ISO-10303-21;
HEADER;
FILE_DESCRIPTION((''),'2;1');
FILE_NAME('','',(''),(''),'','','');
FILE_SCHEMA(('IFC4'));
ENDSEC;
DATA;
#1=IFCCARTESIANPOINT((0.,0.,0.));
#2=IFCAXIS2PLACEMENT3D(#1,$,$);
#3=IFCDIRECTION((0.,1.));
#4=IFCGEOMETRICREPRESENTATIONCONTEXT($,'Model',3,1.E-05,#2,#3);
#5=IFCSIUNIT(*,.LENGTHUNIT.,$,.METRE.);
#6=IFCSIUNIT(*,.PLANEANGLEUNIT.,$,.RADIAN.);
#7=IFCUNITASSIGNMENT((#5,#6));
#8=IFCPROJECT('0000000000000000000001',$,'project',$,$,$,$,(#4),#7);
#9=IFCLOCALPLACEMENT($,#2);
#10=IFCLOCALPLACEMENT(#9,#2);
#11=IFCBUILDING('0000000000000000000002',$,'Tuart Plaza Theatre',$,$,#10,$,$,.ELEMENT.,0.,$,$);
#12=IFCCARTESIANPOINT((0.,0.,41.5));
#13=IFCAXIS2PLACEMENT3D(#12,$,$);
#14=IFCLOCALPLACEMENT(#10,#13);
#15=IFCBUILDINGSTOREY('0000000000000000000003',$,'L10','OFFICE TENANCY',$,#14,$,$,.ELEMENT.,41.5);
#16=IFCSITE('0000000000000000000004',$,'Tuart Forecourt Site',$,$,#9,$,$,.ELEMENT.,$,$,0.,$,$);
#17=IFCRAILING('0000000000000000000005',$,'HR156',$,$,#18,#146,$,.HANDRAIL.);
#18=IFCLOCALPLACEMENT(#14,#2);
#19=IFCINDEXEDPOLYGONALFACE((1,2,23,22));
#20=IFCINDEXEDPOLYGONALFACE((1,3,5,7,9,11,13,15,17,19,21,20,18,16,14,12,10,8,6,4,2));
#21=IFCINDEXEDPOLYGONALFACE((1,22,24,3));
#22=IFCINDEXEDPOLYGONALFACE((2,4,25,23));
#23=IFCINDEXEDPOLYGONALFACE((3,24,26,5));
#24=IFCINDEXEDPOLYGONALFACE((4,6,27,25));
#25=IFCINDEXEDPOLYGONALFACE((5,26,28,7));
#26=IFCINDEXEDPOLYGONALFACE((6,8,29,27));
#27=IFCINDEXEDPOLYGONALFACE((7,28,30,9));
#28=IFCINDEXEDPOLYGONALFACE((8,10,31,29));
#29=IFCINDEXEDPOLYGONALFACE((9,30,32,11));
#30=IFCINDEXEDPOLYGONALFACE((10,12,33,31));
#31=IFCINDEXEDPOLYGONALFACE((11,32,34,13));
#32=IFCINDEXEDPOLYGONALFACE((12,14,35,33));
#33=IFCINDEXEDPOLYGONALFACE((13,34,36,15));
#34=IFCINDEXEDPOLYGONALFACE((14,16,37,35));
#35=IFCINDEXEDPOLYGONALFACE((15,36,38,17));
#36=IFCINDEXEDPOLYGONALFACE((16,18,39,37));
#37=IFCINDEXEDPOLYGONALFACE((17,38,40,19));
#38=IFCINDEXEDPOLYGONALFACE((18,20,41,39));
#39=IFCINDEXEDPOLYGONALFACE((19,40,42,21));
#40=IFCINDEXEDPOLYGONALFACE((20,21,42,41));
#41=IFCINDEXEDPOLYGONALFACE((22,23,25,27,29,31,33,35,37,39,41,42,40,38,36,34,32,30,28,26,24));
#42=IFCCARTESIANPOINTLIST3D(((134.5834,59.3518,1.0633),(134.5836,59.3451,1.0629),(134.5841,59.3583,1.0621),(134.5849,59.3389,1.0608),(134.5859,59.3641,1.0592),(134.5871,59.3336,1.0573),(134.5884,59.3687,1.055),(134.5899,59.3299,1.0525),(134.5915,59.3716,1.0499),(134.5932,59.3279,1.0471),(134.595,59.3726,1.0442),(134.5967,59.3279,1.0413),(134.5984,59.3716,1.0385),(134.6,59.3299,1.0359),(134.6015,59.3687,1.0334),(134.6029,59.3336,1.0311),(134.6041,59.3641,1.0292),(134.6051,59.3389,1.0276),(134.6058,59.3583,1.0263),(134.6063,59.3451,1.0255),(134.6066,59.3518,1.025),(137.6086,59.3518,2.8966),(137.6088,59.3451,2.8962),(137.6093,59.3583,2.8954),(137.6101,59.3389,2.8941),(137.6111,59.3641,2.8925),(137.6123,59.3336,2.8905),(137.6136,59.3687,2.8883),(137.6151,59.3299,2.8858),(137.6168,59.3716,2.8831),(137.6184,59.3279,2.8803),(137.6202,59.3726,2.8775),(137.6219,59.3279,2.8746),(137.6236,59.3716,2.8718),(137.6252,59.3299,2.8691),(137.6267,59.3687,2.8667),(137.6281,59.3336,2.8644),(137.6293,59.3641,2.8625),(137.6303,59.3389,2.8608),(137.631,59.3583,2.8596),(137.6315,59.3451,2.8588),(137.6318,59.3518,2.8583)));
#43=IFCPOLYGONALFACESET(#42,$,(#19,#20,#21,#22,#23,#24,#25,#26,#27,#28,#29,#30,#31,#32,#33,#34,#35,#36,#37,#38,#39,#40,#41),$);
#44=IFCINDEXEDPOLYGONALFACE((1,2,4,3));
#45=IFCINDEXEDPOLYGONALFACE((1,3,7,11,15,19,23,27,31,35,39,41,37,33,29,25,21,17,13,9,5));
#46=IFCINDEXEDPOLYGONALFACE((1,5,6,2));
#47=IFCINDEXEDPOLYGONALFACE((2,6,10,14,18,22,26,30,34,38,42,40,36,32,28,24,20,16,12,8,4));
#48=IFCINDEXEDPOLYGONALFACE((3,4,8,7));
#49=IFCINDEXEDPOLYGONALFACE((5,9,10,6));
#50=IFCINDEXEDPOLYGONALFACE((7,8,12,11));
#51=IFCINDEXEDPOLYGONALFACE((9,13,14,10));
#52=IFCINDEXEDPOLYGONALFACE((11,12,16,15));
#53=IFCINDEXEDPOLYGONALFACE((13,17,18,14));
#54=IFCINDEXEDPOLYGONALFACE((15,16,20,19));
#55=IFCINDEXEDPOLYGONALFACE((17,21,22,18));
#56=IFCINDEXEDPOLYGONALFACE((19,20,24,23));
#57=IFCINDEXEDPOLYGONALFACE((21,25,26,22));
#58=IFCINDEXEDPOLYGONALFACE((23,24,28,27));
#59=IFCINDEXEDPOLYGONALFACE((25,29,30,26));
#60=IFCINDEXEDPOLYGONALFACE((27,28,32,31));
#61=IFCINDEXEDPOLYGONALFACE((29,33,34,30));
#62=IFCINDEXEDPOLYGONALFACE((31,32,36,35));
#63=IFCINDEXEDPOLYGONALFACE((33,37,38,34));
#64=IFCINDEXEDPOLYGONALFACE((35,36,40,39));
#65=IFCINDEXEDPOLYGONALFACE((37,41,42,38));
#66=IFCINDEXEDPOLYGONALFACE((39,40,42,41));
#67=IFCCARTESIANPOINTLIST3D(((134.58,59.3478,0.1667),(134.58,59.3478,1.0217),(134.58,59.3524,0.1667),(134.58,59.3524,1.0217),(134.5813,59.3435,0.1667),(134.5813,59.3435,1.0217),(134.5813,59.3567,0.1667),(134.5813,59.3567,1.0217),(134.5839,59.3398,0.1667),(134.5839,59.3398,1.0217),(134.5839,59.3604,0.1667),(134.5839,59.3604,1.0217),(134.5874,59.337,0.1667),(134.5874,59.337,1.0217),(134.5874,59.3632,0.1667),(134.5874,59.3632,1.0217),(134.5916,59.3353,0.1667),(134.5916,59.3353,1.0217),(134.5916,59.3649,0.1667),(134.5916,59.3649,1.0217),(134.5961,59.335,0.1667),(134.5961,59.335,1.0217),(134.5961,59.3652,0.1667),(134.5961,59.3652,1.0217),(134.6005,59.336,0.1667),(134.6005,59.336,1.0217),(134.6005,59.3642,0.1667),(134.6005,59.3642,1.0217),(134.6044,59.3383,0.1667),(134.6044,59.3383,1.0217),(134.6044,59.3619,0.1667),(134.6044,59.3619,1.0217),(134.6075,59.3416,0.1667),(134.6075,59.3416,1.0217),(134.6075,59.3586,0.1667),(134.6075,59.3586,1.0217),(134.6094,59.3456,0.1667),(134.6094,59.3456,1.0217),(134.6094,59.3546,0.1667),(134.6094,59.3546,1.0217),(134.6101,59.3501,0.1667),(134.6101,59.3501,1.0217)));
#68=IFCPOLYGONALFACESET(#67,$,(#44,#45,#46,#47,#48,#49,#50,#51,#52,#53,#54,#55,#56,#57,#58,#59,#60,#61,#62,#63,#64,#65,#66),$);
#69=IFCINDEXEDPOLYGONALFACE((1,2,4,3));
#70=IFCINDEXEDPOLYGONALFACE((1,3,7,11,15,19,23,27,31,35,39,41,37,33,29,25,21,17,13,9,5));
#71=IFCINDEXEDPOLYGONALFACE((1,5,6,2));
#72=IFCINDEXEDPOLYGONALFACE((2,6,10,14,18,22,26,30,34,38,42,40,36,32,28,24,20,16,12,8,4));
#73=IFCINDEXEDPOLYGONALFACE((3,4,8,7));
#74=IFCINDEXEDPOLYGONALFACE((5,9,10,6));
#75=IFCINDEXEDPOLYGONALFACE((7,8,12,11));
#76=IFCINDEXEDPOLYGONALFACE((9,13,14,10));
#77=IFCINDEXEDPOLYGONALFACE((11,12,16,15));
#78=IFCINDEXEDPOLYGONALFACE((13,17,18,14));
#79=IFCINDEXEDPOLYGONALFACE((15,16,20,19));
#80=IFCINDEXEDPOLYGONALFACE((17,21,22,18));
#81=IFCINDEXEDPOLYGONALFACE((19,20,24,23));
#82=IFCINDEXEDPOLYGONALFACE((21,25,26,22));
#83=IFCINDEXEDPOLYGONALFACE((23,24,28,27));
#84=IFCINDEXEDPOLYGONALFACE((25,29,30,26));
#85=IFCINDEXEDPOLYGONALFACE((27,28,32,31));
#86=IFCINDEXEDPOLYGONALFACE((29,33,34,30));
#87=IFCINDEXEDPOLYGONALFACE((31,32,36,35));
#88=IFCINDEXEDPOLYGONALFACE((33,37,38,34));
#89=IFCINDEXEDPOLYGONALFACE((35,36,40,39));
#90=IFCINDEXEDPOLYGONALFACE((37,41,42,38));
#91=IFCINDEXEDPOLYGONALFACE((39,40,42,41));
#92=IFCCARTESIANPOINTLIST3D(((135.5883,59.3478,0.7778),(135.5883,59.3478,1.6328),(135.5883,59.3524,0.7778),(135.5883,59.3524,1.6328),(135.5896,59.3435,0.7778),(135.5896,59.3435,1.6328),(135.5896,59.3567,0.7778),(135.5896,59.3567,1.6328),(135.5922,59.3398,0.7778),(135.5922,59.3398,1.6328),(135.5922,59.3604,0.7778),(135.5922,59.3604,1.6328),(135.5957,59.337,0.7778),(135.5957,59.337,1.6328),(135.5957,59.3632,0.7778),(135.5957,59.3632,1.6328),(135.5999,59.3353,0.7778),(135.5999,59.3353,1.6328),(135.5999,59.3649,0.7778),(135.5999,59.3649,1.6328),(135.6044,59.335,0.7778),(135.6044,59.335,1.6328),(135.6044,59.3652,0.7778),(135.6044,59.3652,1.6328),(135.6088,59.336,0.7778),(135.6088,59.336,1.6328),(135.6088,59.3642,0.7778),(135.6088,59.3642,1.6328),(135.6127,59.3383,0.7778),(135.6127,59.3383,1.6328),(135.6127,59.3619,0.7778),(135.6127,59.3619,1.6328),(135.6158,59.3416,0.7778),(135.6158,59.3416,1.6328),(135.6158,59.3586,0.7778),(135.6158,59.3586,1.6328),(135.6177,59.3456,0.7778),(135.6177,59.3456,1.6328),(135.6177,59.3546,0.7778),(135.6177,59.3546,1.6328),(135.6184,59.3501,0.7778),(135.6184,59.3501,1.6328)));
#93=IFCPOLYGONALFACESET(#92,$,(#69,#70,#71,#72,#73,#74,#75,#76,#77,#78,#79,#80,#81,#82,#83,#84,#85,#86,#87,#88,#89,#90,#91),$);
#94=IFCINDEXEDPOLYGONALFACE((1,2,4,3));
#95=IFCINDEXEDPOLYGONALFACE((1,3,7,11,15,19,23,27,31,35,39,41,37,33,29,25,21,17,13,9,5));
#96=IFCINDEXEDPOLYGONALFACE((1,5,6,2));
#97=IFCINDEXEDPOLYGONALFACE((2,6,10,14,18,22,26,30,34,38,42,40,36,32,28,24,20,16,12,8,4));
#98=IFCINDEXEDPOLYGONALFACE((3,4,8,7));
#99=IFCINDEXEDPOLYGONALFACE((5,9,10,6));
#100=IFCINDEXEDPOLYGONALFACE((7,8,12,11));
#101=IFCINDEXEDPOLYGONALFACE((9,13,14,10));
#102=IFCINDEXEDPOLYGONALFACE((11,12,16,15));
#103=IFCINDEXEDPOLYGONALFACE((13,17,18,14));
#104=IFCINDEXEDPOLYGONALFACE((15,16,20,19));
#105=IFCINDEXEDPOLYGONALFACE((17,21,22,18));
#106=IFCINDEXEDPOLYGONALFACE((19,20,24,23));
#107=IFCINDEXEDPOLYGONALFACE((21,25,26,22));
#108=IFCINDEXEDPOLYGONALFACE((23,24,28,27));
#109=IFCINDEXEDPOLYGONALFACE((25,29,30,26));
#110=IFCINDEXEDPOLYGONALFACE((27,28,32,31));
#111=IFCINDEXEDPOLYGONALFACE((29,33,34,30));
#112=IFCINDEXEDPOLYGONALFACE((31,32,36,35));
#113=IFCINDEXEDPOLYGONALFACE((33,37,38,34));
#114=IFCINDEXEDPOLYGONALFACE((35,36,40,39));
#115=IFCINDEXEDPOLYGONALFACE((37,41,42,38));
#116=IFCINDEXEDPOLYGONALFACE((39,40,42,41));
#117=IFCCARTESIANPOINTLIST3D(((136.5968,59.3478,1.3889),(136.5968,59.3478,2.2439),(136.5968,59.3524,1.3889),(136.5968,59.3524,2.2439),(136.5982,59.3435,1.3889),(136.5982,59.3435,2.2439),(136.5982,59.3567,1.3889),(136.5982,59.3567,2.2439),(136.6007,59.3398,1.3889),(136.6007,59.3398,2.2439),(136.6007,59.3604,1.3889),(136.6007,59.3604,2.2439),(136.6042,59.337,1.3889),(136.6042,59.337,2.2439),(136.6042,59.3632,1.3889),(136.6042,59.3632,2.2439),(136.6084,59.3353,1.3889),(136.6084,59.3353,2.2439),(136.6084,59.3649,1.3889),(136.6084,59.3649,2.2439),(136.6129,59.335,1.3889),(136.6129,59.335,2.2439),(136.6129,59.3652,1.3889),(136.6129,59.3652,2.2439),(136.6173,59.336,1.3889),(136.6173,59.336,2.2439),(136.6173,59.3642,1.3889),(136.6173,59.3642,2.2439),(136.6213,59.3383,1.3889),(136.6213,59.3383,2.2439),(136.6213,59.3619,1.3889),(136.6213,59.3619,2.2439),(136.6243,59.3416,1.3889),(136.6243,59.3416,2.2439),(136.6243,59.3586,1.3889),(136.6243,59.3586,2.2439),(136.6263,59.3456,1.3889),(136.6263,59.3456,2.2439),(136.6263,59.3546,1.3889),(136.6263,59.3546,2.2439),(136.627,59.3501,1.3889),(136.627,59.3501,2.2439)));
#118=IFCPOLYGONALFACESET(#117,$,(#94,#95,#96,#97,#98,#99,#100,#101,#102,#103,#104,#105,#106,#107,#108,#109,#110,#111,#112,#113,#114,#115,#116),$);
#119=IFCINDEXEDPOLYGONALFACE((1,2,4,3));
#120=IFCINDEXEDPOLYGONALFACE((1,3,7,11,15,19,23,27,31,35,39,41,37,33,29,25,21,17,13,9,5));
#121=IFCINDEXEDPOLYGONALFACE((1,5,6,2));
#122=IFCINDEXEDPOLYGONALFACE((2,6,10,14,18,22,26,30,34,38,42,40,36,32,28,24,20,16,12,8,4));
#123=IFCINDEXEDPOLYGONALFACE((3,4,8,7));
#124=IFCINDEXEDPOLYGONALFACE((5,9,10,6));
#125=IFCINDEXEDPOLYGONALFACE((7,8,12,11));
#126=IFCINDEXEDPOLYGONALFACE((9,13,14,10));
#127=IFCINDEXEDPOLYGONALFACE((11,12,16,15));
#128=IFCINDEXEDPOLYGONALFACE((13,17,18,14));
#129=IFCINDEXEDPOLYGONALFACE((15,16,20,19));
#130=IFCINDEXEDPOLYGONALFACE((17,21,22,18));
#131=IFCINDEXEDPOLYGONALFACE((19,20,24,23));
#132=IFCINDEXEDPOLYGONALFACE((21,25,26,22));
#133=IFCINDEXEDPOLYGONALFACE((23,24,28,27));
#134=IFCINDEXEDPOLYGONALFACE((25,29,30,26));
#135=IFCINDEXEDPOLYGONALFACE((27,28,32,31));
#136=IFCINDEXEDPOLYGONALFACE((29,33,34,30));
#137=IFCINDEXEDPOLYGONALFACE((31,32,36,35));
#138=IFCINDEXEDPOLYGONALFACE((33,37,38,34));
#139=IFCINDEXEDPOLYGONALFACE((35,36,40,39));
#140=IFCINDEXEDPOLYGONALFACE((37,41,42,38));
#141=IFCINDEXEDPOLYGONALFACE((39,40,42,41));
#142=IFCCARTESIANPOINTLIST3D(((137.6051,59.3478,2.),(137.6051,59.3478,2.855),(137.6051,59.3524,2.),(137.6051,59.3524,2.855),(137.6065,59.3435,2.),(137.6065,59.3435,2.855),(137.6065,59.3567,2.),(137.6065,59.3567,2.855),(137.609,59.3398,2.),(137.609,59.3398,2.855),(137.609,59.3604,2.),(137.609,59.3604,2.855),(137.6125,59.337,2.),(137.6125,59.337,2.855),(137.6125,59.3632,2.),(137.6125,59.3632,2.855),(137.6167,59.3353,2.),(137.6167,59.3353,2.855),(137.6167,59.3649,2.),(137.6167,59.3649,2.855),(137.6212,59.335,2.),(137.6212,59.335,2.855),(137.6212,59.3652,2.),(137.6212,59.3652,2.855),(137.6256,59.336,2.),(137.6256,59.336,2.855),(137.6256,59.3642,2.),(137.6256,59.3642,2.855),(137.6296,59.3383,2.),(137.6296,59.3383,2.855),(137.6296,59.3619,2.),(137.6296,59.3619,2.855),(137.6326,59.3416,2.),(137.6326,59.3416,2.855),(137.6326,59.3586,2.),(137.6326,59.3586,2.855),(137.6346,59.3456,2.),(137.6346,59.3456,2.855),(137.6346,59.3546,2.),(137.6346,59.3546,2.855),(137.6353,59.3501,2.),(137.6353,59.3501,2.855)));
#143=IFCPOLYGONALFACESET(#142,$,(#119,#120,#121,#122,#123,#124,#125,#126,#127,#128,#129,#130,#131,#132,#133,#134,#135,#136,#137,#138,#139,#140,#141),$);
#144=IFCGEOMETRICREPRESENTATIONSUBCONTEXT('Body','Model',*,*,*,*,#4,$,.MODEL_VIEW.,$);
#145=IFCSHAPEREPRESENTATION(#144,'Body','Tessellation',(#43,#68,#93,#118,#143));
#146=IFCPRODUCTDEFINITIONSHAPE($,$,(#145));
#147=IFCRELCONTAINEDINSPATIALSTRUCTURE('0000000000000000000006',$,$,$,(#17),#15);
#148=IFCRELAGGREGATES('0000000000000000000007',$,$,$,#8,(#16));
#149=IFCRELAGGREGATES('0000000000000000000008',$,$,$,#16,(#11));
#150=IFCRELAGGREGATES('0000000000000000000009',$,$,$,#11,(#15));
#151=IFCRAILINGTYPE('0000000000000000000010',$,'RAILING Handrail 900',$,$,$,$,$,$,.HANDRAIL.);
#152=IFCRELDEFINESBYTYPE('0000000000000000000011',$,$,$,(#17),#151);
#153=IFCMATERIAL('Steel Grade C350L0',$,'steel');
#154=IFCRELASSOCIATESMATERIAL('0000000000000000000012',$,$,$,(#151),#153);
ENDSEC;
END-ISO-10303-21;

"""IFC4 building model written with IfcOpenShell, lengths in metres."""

from ifc_helpers import new_model, si_unit, direction, frame, origin, origin_2d, place, context, subcontext, project, spatial, circle, extrude, material, type_object, element, save


model = new_model("IFC4")

# Units and contexts
model_context = context("Model", 3, precision=1e-05, world=origin(), true_north=direction((0.0, 1.0)))
body_context = subcontext(model_context, "Body", "Model", "MODEL_VIEW")
ifc_project = project(units=[si_unit("LENGTHUNIT", "METRE"), si_unit("PLANEANGLEUNIT", "RADIAN")], contexts=[model_context])

# Site, building, storey
site_placement = place(None, origin())
site = spatial("IfcSite", under=ifc_project, at=site_placement, Name="Tuart Forecourt Site", CompositionType="ELEMENT", RefElevation=0.0)
building_placement = place(site_placement, origin())
building = spatial("IfcBuilding", under=site, at=building_placement, Name="Tuart Plaza Theatre", CompositionType="ELEMENT", ElevationOfRefHeight=0.0)
storey_placement = place(building_placement, frame((0.0, 0.0, 41.5)))
storey = spatial("IfcBuildingStorey", under=building, at=storey_placement, Name="L10", Description="OFFICE TENANCY", CompositionType="ELEMENT", Elevation=41.5)

# Railing
ifc_material_1 = material(Name="Steel Grade C350L0", Category="steel")
railing_type_1 = type_object("IfcRailingType", Name="RAILING Handrail 900", PredefinedType="HANDRAIL", material=ifc_material_1)
for number, where, name in (
    (1, (134.595, 59.3501, 0.1667), "HR156"),
):
    element("IfcRailing", number, at=place(storey_placement, frame(where)), inside=storey, type_object=railing_type_1, Name=name, PredefinedType="HANDRAIL", context=body_context, shape_type="SweptSolid", body=[
        extrude(circle(Radius=0.0225, at=origin_2d()), frame((0.0, 0.0, 0.8774), z_axis=(0.855219, 0.0, 0.518267), x_axis=(0.0, 1.0, 0.0)), (0.0, 0.0, 1.0), 3.5374),
        extrude(circle(Radius=0.0151, at=origin_2d()), origin(), (0.0, 0.0, 1.0), 0.855),
        extrude(circle(Radius=0.0151, at=origin_2d()), frame((1.0083, 0.0, 0.6111)), (0.0, 0.0, 1.0), 0.855),
        extrude(circle(Radius=0.0151, at=origin_2d()), frame((2.0168, 0.0, 1.2222)), (0.0, 0.0, 1.0), 0.855),
        extrude(circle(Radius=0.0151, at=origin_2d()), frame((3.0251, 0.0, 1.8333)), (0.0, 0.0, 1.0), 0.855),
    ])

save(model, "model.ifc")
